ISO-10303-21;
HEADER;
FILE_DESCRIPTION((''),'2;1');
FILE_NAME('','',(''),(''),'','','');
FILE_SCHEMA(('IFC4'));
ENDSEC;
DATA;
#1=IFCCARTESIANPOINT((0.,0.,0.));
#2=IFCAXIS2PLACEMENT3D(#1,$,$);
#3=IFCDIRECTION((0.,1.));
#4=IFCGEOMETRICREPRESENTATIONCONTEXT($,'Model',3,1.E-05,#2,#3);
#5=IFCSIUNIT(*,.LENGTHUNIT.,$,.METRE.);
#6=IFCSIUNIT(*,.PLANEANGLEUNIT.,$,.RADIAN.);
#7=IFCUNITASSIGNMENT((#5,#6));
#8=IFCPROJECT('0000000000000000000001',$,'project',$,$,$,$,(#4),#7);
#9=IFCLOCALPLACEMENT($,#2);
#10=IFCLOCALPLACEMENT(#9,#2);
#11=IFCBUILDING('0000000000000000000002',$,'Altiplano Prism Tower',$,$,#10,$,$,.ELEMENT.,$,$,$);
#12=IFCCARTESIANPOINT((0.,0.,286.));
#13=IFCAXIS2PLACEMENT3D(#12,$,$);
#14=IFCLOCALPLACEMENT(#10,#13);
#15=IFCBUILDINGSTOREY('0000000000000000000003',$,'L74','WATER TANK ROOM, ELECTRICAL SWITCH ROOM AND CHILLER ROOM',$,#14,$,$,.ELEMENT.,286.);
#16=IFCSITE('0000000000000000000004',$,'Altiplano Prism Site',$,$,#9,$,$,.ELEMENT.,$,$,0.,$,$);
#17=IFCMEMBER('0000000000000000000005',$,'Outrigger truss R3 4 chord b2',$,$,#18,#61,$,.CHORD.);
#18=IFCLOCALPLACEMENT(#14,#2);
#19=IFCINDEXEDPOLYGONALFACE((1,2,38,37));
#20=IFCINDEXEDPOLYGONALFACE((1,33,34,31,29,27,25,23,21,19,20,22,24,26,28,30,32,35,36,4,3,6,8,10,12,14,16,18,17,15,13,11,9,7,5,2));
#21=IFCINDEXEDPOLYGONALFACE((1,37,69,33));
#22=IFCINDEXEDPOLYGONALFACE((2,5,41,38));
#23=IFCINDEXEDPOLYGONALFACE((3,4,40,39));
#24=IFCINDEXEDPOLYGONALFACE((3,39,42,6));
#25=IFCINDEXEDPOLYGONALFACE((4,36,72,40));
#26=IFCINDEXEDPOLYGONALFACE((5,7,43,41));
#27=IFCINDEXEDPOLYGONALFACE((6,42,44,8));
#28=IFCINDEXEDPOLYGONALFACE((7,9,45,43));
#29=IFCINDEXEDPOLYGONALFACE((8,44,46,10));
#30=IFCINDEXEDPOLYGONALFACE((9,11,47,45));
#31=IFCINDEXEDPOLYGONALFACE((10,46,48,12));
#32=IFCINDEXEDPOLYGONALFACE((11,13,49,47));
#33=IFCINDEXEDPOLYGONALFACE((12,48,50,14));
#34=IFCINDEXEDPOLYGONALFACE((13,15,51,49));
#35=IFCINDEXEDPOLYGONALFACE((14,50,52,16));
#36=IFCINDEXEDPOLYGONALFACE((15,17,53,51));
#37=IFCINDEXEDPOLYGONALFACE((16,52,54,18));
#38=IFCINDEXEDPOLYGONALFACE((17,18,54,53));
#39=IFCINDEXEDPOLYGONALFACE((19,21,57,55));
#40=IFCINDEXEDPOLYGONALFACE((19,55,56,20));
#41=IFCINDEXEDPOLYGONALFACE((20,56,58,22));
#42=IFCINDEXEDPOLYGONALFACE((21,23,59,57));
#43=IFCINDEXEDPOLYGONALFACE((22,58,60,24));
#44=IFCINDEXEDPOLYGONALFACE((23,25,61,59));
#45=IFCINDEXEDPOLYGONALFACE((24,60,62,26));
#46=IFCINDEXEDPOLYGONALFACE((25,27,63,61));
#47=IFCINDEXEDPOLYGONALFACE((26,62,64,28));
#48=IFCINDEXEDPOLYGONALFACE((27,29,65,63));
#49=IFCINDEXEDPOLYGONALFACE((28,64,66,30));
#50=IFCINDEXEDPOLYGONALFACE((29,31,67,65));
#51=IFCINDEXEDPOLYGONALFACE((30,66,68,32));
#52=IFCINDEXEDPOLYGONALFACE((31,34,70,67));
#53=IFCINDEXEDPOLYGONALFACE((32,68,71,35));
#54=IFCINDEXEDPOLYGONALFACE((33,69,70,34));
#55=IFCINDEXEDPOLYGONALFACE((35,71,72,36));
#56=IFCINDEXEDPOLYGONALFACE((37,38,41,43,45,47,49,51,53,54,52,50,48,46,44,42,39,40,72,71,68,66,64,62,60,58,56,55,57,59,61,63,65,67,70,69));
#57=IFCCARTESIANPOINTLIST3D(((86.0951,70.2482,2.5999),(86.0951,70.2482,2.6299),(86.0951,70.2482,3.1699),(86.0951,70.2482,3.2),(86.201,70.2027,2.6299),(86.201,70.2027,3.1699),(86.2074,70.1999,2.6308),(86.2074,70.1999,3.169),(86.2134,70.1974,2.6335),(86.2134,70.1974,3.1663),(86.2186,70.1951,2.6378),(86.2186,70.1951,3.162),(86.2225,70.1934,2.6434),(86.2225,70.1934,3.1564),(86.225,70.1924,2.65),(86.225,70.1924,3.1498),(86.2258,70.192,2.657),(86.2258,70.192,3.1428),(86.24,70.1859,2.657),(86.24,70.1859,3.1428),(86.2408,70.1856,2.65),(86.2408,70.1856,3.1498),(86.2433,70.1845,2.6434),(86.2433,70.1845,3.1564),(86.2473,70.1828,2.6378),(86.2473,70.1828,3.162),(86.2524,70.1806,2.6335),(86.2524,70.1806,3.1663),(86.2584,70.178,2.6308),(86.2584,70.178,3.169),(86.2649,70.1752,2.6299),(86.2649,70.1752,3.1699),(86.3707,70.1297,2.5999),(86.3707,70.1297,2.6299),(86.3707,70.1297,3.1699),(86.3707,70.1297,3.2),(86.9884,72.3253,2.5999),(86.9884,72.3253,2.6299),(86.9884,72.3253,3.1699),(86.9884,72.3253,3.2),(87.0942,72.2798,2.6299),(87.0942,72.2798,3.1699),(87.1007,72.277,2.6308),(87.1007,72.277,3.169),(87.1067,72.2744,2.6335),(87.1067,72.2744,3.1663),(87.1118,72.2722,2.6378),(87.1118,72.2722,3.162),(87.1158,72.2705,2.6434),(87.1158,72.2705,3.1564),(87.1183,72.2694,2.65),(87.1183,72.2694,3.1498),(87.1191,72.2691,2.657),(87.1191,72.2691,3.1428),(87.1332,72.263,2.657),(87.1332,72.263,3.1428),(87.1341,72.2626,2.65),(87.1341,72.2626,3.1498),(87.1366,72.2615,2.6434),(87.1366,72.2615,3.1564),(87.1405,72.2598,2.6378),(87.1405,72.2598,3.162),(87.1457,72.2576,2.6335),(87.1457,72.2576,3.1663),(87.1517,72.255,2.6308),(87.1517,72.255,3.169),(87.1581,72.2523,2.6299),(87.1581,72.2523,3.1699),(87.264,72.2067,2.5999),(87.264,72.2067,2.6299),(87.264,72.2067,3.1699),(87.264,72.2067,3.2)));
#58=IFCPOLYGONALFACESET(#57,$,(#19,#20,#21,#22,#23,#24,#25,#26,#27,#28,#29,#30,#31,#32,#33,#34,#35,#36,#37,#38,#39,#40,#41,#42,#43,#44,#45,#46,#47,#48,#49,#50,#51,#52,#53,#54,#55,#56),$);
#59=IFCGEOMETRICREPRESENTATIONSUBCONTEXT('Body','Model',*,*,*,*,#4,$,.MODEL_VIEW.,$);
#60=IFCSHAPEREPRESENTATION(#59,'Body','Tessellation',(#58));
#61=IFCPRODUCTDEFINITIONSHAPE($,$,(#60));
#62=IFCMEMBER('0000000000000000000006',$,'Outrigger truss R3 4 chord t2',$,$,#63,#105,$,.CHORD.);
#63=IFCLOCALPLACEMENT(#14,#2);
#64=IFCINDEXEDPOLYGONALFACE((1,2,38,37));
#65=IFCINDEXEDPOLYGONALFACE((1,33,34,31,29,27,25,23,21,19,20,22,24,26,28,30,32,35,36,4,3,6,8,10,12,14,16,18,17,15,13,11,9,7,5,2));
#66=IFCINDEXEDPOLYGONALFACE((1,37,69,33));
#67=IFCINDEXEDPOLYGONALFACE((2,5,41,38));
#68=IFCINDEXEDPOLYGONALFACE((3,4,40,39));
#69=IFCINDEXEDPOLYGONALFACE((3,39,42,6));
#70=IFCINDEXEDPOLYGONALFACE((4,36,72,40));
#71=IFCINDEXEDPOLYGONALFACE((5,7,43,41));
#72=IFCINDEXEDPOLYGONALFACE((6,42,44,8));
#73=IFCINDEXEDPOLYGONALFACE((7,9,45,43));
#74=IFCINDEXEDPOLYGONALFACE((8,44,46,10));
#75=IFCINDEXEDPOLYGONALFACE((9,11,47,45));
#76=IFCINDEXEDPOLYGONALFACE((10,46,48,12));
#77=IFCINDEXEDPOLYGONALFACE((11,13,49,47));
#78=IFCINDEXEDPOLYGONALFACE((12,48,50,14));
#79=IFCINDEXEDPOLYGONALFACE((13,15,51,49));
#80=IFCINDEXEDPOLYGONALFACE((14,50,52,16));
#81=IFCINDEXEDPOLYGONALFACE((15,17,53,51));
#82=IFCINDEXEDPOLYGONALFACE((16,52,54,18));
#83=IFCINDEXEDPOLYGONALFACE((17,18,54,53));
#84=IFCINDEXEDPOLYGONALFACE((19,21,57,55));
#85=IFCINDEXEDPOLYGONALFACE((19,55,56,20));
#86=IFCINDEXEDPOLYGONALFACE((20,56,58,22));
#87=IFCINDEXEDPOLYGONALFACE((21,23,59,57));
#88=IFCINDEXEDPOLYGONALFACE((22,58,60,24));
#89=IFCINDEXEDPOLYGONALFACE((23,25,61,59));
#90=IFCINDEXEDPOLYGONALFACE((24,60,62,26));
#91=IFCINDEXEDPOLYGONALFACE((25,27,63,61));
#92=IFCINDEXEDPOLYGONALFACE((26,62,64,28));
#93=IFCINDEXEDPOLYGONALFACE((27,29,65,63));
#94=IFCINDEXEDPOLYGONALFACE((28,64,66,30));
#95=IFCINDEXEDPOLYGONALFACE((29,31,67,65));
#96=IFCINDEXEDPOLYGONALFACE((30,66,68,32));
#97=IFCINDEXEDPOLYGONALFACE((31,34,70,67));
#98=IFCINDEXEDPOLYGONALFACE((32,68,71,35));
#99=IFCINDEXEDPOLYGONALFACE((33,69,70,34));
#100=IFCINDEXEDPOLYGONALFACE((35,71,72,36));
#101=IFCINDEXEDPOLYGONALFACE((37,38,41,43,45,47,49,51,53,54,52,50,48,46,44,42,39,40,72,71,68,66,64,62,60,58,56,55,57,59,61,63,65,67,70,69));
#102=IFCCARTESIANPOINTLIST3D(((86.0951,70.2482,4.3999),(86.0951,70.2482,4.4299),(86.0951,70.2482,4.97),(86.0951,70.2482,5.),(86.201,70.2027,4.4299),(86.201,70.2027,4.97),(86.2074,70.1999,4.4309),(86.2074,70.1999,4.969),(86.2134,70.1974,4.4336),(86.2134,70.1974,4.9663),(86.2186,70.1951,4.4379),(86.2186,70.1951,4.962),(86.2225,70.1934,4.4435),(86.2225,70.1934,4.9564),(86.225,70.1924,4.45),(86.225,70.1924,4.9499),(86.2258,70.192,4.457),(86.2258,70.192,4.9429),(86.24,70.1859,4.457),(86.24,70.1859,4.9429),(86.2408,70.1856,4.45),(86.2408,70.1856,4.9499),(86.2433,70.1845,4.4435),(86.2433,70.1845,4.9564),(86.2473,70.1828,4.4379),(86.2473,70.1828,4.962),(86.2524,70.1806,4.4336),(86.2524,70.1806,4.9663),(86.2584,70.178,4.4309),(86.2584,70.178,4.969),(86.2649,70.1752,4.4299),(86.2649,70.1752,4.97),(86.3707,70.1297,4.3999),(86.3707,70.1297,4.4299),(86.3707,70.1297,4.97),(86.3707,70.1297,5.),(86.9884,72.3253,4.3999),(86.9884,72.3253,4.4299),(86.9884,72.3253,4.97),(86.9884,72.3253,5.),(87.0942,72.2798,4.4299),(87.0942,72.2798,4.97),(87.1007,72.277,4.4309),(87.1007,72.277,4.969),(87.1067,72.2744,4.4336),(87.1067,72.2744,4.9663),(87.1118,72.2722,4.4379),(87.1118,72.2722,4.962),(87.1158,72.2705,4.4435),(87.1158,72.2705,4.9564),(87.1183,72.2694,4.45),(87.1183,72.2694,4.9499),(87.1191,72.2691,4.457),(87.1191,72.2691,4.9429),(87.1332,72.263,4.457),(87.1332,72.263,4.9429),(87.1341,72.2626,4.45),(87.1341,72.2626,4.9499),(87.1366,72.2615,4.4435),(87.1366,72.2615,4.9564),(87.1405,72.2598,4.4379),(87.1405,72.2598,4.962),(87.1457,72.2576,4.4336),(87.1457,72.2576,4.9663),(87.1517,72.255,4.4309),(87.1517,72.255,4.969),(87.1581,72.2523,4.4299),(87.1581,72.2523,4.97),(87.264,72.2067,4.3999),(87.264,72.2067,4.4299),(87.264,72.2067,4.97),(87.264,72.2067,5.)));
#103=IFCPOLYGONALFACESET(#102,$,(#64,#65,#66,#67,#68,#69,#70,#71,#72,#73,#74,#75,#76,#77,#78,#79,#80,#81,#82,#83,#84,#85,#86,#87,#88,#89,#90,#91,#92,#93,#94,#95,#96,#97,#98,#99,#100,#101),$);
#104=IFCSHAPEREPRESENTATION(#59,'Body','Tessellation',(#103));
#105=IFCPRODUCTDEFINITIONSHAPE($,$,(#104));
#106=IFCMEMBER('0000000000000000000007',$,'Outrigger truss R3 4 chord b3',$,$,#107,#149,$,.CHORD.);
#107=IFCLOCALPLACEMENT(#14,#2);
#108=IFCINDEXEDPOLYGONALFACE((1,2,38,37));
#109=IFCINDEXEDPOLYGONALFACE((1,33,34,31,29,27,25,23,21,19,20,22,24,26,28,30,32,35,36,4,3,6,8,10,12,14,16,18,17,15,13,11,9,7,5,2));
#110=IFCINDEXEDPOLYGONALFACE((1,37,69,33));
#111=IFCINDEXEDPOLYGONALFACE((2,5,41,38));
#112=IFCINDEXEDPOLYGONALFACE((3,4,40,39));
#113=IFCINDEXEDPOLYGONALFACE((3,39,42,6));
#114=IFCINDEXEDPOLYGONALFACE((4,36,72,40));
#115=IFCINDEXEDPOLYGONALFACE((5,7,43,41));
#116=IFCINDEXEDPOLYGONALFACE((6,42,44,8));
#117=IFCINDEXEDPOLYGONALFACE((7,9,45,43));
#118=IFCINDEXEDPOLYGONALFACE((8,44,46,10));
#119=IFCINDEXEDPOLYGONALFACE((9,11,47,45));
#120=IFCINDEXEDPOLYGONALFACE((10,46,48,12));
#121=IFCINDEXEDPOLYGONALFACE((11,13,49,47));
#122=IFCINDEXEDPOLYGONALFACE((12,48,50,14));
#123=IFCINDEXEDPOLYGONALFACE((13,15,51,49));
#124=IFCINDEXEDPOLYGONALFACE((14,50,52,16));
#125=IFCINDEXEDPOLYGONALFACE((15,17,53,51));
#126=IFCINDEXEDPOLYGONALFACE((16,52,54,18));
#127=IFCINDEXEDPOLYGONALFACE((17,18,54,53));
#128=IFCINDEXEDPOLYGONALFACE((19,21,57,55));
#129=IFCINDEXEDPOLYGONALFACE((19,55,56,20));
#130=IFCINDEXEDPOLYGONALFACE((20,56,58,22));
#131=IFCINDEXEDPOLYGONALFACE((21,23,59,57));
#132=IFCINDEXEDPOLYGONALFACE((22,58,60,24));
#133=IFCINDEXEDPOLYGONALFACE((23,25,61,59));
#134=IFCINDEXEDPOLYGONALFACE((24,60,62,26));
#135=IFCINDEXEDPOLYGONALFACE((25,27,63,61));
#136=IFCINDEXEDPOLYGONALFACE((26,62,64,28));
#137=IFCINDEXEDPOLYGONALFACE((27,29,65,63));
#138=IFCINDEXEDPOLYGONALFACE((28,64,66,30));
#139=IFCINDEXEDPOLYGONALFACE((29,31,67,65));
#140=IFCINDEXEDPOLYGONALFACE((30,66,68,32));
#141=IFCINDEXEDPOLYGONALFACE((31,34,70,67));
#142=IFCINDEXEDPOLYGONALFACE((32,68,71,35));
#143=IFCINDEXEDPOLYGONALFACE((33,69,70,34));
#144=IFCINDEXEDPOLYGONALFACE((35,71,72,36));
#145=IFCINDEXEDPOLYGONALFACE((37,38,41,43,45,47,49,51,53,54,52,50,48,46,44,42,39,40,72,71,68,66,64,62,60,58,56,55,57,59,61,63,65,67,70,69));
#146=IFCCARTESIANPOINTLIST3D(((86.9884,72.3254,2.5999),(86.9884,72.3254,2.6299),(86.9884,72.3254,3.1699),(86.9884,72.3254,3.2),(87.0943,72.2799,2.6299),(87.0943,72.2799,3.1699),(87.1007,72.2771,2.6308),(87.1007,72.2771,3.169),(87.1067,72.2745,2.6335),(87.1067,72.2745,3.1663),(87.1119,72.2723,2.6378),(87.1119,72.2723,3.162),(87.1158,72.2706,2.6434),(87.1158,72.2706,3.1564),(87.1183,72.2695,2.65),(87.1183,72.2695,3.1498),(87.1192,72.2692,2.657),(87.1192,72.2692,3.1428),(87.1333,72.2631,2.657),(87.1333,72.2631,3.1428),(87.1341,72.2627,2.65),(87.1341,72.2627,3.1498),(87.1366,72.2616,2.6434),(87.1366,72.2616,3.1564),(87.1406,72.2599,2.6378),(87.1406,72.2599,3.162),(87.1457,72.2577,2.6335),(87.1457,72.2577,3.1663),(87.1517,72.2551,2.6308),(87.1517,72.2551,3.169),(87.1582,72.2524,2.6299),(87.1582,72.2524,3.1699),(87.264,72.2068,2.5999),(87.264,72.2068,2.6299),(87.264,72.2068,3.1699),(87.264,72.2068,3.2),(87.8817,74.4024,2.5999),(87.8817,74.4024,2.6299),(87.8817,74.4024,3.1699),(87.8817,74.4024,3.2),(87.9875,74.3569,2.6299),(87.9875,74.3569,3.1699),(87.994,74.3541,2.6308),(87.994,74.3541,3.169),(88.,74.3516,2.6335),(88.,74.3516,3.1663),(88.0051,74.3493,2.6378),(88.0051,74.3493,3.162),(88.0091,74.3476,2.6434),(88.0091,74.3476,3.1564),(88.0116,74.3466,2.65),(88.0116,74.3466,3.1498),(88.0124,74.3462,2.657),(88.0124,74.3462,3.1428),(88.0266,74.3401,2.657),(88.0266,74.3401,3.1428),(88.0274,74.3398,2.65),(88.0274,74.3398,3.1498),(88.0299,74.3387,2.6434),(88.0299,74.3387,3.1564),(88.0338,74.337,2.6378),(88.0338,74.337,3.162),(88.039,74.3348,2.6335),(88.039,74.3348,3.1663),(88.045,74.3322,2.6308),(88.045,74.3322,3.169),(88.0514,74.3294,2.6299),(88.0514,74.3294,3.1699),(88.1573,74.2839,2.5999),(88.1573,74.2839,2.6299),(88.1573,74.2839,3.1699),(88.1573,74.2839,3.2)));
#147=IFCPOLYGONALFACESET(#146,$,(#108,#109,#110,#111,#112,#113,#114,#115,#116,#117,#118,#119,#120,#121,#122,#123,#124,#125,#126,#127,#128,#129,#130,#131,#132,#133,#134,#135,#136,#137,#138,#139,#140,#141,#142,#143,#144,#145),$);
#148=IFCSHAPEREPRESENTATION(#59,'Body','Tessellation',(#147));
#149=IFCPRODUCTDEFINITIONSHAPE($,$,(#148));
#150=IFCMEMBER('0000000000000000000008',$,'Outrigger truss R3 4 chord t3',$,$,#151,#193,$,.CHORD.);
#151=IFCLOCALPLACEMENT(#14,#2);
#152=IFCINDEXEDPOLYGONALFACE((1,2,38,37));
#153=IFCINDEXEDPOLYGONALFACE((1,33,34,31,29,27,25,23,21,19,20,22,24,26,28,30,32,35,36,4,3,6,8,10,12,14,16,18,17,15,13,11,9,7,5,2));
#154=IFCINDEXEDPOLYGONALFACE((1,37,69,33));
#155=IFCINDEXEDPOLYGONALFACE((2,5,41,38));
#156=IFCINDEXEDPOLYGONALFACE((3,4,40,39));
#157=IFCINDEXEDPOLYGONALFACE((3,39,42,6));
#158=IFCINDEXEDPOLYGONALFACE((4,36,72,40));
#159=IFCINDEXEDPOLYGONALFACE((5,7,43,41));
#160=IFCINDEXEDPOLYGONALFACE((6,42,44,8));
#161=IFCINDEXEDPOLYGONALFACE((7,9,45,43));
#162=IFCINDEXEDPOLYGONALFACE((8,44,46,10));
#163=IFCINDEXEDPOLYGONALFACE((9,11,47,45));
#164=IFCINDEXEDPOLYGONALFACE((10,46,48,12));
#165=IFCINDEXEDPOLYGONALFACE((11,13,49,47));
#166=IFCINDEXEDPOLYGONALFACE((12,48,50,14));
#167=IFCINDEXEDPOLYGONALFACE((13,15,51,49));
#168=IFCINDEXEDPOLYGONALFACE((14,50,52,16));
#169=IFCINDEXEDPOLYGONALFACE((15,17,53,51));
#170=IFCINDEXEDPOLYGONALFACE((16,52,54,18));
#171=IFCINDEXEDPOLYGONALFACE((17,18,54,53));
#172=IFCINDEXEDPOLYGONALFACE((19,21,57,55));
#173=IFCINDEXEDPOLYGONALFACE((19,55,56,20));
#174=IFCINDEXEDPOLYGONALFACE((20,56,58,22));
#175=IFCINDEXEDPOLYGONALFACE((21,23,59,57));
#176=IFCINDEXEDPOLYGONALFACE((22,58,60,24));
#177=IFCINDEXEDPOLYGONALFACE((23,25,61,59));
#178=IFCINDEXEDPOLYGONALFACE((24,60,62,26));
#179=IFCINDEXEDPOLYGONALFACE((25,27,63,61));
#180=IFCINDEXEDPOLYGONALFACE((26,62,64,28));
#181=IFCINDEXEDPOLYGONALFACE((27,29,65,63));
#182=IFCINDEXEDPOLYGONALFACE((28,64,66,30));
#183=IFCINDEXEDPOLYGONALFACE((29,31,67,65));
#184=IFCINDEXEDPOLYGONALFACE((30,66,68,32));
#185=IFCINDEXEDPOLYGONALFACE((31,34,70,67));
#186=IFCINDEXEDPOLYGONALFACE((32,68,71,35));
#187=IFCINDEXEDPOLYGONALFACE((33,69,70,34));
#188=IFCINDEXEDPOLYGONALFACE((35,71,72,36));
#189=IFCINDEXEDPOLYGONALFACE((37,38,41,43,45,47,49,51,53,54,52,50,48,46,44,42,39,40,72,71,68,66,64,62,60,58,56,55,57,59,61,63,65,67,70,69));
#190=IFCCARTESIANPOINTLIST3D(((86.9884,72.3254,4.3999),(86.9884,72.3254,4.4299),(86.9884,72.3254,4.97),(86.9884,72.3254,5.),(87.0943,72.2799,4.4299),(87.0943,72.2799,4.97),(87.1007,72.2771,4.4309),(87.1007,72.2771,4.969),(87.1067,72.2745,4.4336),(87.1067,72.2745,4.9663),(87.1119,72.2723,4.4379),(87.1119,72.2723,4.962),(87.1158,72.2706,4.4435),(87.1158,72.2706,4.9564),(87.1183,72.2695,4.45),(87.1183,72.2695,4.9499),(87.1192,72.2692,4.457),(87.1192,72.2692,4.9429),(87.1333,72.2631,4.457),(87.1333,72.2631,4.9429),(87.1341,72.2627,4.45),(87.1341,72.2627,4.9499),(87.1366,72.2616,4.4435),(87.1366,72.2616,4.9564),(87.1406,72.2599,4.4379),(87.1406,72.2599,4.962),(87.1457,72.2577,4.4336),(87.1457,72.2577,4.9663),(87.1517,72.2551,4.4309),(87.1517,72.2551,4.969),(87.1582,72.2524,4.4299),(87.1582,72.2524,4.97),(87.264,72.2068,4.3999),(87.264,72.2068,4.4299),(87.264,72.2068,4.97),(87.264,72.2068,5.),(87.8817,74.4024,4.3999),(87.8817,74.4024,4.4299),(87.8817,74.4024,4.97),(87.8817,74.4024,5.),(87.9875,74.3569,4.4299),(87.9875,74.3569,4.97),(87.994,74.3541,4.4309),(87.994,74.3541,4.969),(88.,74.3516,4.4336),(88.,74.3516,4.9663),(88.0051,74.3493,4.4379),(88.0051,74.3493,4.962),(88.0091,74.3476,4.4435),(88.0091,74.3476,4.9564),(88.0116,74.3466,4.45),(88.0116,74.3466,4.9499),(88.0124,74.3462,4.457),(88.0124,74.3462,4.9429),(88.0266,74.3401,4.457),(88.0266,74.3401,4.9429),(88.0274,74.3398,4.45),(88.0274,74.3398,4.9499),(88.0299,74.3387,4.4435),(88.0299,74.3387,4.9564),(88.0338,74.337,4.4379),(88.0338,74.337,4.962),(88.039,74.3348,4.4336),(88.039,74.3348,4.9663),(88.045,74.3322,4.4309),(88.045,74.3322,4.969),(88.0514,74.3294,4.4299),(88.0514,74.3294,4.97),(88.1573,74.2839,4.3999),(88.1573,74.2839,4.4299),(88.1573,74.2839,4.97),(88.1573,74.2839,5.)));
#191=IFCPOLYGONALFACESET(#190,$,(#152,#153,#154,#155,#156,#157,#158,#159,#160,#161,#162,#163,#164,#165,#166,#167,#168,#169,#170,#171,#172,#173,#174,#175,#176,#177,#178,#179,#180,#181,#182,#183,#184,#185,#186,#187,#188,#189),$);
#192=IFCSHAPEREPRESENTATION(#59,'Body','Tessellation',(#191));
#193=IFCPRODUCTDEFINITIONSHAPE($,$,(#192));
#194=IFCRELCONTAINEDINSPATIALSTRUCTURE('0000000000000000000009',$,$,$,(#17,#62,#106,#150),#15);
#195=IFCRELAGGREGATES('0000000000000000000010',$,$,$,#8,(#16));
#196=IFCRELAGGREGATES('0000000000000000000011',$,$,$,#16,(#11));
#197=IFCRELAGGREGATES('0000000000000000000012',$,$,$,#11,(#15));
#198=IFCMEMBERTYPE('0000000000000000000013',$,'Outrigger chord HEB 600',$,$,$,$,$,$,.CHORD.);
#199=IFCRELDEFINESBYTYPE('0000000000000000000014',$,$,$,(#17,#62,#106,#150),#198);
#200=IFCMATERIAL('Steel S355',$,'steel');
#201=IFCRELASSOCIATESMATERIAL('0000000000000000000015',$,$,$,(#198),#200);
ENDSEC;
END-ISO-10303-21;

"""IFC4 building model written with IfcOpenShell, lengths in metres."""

from ifc_helpers import new_model, si_unit, direction, frame, origin, origin_2d, place, context, subcontext, project, spatial, i_section, extrude, material, material_profile, profile_set, type_object, element, save


model = new_model("IFC4")

# Units and contexts
model_context = context("Model", 3, precision=1e-05, world=origin(), true_north=direction((0.0, 1.0)))
body_context = subcontext(model_context, "Body", "Model", "MODEL_VIEW")
ifc_project = project(units=[si_unit("LENGTHUNIT", "METRE"), si_unit("PLANEANGLEUNIT", "RADIAN")], contexts=[model_context])

# Site, building, storey
site_placement = place(None, origin())
site = spatial("IfcSite", under=ifc_project, at=site_placement, Name="Altiplano Prism Site", CompositionType="ELEMENT", RefElevation=0.0)
building_placement = place(site_placement, origin())
building = spatial("IfcBuilding", under=site, at=building_placement, Name="Altiplano Prism Tower", CompositionType="ELEMENT")
storey_placement = place(building_placement, frame((0.0, 0.0, 286.0)))
storey = spatial("IfcBuildingStorey", under=building, at=storey_placement, Name="L74", Description="WATER TANK ROOM, ELECTRICAL SWITCH ROOM AND CHILLER ROOM", CompositionType="ELEMENT", Elevation=286.0)

# Shared definitions
ifc_material_1 = material(Name="Steel S355", Category="steel")

# Members
ifc_material_profile_1 = material_profile(ifc_material_1, i_section(OverallWidth=0.3, OverallDepth=0.6001, WebThickness=0.0154, FlangeThickness=0.03, FilletRadius=0.0271, at=origin_2d()), Name="Outrigger chord HEB 600")
ifc_profile_set_1 = profile_set([ifc_material_profile_1], Name="Steel S355")
member_type_1 = type_object("IfcMemberType", Name="Outrigger chord HEB 600", PredefinedType="CHORD", material=ifc_profile_set_1)
for number, where, z_axis, x_axis, name in (
    (1, (86.2329, 70.189, 2.8999), (0.395079, 0.918647, 0.0), (-0.918647, 0.395079, 0.0), "Outrigger truss R3 4 chord b2"),
    (2, (86.2329, 70.189, 4.7), (0.395079, 0.918647, 0.0), (-0.918647, 0.395079, 0.0), "Outrigger truss R3 4 chord t2"),
    (3, (87.1262, 72.2661, 2.8999), (0.395079, 0.918647, 0.0), (-0.918647, 0.395079, 0.0), "Outrigger truss R3 4 chord b3"),
    (4, (87.1262, 72.2661, 4.7), (0.395079, 0.918647, 0.0), (-0.918647, 0.395079, 0.0), "Outrigger truss R3 4 chord t3"),
):
    element("IfcMember", number, at=place(storey_placement, frame(where, z_axis=z_axis, x_axis=x_axis)), inside=storey, type_object=member_type_1, Name=name, PredefinedType="CHORD", context=body_context, shape_type="SweptSolid", body=[
        extrude(i_section(OverallWidth=0.3, OverallDepth=0.6001, WebThickness=0.0154, FlangeThickness=0.03, FilletRadius=0.0271, at=origin_2d()), origin(), (0.0, 0.0, 1.0), 2.261),
    ])

save(model, "model.ifc")
